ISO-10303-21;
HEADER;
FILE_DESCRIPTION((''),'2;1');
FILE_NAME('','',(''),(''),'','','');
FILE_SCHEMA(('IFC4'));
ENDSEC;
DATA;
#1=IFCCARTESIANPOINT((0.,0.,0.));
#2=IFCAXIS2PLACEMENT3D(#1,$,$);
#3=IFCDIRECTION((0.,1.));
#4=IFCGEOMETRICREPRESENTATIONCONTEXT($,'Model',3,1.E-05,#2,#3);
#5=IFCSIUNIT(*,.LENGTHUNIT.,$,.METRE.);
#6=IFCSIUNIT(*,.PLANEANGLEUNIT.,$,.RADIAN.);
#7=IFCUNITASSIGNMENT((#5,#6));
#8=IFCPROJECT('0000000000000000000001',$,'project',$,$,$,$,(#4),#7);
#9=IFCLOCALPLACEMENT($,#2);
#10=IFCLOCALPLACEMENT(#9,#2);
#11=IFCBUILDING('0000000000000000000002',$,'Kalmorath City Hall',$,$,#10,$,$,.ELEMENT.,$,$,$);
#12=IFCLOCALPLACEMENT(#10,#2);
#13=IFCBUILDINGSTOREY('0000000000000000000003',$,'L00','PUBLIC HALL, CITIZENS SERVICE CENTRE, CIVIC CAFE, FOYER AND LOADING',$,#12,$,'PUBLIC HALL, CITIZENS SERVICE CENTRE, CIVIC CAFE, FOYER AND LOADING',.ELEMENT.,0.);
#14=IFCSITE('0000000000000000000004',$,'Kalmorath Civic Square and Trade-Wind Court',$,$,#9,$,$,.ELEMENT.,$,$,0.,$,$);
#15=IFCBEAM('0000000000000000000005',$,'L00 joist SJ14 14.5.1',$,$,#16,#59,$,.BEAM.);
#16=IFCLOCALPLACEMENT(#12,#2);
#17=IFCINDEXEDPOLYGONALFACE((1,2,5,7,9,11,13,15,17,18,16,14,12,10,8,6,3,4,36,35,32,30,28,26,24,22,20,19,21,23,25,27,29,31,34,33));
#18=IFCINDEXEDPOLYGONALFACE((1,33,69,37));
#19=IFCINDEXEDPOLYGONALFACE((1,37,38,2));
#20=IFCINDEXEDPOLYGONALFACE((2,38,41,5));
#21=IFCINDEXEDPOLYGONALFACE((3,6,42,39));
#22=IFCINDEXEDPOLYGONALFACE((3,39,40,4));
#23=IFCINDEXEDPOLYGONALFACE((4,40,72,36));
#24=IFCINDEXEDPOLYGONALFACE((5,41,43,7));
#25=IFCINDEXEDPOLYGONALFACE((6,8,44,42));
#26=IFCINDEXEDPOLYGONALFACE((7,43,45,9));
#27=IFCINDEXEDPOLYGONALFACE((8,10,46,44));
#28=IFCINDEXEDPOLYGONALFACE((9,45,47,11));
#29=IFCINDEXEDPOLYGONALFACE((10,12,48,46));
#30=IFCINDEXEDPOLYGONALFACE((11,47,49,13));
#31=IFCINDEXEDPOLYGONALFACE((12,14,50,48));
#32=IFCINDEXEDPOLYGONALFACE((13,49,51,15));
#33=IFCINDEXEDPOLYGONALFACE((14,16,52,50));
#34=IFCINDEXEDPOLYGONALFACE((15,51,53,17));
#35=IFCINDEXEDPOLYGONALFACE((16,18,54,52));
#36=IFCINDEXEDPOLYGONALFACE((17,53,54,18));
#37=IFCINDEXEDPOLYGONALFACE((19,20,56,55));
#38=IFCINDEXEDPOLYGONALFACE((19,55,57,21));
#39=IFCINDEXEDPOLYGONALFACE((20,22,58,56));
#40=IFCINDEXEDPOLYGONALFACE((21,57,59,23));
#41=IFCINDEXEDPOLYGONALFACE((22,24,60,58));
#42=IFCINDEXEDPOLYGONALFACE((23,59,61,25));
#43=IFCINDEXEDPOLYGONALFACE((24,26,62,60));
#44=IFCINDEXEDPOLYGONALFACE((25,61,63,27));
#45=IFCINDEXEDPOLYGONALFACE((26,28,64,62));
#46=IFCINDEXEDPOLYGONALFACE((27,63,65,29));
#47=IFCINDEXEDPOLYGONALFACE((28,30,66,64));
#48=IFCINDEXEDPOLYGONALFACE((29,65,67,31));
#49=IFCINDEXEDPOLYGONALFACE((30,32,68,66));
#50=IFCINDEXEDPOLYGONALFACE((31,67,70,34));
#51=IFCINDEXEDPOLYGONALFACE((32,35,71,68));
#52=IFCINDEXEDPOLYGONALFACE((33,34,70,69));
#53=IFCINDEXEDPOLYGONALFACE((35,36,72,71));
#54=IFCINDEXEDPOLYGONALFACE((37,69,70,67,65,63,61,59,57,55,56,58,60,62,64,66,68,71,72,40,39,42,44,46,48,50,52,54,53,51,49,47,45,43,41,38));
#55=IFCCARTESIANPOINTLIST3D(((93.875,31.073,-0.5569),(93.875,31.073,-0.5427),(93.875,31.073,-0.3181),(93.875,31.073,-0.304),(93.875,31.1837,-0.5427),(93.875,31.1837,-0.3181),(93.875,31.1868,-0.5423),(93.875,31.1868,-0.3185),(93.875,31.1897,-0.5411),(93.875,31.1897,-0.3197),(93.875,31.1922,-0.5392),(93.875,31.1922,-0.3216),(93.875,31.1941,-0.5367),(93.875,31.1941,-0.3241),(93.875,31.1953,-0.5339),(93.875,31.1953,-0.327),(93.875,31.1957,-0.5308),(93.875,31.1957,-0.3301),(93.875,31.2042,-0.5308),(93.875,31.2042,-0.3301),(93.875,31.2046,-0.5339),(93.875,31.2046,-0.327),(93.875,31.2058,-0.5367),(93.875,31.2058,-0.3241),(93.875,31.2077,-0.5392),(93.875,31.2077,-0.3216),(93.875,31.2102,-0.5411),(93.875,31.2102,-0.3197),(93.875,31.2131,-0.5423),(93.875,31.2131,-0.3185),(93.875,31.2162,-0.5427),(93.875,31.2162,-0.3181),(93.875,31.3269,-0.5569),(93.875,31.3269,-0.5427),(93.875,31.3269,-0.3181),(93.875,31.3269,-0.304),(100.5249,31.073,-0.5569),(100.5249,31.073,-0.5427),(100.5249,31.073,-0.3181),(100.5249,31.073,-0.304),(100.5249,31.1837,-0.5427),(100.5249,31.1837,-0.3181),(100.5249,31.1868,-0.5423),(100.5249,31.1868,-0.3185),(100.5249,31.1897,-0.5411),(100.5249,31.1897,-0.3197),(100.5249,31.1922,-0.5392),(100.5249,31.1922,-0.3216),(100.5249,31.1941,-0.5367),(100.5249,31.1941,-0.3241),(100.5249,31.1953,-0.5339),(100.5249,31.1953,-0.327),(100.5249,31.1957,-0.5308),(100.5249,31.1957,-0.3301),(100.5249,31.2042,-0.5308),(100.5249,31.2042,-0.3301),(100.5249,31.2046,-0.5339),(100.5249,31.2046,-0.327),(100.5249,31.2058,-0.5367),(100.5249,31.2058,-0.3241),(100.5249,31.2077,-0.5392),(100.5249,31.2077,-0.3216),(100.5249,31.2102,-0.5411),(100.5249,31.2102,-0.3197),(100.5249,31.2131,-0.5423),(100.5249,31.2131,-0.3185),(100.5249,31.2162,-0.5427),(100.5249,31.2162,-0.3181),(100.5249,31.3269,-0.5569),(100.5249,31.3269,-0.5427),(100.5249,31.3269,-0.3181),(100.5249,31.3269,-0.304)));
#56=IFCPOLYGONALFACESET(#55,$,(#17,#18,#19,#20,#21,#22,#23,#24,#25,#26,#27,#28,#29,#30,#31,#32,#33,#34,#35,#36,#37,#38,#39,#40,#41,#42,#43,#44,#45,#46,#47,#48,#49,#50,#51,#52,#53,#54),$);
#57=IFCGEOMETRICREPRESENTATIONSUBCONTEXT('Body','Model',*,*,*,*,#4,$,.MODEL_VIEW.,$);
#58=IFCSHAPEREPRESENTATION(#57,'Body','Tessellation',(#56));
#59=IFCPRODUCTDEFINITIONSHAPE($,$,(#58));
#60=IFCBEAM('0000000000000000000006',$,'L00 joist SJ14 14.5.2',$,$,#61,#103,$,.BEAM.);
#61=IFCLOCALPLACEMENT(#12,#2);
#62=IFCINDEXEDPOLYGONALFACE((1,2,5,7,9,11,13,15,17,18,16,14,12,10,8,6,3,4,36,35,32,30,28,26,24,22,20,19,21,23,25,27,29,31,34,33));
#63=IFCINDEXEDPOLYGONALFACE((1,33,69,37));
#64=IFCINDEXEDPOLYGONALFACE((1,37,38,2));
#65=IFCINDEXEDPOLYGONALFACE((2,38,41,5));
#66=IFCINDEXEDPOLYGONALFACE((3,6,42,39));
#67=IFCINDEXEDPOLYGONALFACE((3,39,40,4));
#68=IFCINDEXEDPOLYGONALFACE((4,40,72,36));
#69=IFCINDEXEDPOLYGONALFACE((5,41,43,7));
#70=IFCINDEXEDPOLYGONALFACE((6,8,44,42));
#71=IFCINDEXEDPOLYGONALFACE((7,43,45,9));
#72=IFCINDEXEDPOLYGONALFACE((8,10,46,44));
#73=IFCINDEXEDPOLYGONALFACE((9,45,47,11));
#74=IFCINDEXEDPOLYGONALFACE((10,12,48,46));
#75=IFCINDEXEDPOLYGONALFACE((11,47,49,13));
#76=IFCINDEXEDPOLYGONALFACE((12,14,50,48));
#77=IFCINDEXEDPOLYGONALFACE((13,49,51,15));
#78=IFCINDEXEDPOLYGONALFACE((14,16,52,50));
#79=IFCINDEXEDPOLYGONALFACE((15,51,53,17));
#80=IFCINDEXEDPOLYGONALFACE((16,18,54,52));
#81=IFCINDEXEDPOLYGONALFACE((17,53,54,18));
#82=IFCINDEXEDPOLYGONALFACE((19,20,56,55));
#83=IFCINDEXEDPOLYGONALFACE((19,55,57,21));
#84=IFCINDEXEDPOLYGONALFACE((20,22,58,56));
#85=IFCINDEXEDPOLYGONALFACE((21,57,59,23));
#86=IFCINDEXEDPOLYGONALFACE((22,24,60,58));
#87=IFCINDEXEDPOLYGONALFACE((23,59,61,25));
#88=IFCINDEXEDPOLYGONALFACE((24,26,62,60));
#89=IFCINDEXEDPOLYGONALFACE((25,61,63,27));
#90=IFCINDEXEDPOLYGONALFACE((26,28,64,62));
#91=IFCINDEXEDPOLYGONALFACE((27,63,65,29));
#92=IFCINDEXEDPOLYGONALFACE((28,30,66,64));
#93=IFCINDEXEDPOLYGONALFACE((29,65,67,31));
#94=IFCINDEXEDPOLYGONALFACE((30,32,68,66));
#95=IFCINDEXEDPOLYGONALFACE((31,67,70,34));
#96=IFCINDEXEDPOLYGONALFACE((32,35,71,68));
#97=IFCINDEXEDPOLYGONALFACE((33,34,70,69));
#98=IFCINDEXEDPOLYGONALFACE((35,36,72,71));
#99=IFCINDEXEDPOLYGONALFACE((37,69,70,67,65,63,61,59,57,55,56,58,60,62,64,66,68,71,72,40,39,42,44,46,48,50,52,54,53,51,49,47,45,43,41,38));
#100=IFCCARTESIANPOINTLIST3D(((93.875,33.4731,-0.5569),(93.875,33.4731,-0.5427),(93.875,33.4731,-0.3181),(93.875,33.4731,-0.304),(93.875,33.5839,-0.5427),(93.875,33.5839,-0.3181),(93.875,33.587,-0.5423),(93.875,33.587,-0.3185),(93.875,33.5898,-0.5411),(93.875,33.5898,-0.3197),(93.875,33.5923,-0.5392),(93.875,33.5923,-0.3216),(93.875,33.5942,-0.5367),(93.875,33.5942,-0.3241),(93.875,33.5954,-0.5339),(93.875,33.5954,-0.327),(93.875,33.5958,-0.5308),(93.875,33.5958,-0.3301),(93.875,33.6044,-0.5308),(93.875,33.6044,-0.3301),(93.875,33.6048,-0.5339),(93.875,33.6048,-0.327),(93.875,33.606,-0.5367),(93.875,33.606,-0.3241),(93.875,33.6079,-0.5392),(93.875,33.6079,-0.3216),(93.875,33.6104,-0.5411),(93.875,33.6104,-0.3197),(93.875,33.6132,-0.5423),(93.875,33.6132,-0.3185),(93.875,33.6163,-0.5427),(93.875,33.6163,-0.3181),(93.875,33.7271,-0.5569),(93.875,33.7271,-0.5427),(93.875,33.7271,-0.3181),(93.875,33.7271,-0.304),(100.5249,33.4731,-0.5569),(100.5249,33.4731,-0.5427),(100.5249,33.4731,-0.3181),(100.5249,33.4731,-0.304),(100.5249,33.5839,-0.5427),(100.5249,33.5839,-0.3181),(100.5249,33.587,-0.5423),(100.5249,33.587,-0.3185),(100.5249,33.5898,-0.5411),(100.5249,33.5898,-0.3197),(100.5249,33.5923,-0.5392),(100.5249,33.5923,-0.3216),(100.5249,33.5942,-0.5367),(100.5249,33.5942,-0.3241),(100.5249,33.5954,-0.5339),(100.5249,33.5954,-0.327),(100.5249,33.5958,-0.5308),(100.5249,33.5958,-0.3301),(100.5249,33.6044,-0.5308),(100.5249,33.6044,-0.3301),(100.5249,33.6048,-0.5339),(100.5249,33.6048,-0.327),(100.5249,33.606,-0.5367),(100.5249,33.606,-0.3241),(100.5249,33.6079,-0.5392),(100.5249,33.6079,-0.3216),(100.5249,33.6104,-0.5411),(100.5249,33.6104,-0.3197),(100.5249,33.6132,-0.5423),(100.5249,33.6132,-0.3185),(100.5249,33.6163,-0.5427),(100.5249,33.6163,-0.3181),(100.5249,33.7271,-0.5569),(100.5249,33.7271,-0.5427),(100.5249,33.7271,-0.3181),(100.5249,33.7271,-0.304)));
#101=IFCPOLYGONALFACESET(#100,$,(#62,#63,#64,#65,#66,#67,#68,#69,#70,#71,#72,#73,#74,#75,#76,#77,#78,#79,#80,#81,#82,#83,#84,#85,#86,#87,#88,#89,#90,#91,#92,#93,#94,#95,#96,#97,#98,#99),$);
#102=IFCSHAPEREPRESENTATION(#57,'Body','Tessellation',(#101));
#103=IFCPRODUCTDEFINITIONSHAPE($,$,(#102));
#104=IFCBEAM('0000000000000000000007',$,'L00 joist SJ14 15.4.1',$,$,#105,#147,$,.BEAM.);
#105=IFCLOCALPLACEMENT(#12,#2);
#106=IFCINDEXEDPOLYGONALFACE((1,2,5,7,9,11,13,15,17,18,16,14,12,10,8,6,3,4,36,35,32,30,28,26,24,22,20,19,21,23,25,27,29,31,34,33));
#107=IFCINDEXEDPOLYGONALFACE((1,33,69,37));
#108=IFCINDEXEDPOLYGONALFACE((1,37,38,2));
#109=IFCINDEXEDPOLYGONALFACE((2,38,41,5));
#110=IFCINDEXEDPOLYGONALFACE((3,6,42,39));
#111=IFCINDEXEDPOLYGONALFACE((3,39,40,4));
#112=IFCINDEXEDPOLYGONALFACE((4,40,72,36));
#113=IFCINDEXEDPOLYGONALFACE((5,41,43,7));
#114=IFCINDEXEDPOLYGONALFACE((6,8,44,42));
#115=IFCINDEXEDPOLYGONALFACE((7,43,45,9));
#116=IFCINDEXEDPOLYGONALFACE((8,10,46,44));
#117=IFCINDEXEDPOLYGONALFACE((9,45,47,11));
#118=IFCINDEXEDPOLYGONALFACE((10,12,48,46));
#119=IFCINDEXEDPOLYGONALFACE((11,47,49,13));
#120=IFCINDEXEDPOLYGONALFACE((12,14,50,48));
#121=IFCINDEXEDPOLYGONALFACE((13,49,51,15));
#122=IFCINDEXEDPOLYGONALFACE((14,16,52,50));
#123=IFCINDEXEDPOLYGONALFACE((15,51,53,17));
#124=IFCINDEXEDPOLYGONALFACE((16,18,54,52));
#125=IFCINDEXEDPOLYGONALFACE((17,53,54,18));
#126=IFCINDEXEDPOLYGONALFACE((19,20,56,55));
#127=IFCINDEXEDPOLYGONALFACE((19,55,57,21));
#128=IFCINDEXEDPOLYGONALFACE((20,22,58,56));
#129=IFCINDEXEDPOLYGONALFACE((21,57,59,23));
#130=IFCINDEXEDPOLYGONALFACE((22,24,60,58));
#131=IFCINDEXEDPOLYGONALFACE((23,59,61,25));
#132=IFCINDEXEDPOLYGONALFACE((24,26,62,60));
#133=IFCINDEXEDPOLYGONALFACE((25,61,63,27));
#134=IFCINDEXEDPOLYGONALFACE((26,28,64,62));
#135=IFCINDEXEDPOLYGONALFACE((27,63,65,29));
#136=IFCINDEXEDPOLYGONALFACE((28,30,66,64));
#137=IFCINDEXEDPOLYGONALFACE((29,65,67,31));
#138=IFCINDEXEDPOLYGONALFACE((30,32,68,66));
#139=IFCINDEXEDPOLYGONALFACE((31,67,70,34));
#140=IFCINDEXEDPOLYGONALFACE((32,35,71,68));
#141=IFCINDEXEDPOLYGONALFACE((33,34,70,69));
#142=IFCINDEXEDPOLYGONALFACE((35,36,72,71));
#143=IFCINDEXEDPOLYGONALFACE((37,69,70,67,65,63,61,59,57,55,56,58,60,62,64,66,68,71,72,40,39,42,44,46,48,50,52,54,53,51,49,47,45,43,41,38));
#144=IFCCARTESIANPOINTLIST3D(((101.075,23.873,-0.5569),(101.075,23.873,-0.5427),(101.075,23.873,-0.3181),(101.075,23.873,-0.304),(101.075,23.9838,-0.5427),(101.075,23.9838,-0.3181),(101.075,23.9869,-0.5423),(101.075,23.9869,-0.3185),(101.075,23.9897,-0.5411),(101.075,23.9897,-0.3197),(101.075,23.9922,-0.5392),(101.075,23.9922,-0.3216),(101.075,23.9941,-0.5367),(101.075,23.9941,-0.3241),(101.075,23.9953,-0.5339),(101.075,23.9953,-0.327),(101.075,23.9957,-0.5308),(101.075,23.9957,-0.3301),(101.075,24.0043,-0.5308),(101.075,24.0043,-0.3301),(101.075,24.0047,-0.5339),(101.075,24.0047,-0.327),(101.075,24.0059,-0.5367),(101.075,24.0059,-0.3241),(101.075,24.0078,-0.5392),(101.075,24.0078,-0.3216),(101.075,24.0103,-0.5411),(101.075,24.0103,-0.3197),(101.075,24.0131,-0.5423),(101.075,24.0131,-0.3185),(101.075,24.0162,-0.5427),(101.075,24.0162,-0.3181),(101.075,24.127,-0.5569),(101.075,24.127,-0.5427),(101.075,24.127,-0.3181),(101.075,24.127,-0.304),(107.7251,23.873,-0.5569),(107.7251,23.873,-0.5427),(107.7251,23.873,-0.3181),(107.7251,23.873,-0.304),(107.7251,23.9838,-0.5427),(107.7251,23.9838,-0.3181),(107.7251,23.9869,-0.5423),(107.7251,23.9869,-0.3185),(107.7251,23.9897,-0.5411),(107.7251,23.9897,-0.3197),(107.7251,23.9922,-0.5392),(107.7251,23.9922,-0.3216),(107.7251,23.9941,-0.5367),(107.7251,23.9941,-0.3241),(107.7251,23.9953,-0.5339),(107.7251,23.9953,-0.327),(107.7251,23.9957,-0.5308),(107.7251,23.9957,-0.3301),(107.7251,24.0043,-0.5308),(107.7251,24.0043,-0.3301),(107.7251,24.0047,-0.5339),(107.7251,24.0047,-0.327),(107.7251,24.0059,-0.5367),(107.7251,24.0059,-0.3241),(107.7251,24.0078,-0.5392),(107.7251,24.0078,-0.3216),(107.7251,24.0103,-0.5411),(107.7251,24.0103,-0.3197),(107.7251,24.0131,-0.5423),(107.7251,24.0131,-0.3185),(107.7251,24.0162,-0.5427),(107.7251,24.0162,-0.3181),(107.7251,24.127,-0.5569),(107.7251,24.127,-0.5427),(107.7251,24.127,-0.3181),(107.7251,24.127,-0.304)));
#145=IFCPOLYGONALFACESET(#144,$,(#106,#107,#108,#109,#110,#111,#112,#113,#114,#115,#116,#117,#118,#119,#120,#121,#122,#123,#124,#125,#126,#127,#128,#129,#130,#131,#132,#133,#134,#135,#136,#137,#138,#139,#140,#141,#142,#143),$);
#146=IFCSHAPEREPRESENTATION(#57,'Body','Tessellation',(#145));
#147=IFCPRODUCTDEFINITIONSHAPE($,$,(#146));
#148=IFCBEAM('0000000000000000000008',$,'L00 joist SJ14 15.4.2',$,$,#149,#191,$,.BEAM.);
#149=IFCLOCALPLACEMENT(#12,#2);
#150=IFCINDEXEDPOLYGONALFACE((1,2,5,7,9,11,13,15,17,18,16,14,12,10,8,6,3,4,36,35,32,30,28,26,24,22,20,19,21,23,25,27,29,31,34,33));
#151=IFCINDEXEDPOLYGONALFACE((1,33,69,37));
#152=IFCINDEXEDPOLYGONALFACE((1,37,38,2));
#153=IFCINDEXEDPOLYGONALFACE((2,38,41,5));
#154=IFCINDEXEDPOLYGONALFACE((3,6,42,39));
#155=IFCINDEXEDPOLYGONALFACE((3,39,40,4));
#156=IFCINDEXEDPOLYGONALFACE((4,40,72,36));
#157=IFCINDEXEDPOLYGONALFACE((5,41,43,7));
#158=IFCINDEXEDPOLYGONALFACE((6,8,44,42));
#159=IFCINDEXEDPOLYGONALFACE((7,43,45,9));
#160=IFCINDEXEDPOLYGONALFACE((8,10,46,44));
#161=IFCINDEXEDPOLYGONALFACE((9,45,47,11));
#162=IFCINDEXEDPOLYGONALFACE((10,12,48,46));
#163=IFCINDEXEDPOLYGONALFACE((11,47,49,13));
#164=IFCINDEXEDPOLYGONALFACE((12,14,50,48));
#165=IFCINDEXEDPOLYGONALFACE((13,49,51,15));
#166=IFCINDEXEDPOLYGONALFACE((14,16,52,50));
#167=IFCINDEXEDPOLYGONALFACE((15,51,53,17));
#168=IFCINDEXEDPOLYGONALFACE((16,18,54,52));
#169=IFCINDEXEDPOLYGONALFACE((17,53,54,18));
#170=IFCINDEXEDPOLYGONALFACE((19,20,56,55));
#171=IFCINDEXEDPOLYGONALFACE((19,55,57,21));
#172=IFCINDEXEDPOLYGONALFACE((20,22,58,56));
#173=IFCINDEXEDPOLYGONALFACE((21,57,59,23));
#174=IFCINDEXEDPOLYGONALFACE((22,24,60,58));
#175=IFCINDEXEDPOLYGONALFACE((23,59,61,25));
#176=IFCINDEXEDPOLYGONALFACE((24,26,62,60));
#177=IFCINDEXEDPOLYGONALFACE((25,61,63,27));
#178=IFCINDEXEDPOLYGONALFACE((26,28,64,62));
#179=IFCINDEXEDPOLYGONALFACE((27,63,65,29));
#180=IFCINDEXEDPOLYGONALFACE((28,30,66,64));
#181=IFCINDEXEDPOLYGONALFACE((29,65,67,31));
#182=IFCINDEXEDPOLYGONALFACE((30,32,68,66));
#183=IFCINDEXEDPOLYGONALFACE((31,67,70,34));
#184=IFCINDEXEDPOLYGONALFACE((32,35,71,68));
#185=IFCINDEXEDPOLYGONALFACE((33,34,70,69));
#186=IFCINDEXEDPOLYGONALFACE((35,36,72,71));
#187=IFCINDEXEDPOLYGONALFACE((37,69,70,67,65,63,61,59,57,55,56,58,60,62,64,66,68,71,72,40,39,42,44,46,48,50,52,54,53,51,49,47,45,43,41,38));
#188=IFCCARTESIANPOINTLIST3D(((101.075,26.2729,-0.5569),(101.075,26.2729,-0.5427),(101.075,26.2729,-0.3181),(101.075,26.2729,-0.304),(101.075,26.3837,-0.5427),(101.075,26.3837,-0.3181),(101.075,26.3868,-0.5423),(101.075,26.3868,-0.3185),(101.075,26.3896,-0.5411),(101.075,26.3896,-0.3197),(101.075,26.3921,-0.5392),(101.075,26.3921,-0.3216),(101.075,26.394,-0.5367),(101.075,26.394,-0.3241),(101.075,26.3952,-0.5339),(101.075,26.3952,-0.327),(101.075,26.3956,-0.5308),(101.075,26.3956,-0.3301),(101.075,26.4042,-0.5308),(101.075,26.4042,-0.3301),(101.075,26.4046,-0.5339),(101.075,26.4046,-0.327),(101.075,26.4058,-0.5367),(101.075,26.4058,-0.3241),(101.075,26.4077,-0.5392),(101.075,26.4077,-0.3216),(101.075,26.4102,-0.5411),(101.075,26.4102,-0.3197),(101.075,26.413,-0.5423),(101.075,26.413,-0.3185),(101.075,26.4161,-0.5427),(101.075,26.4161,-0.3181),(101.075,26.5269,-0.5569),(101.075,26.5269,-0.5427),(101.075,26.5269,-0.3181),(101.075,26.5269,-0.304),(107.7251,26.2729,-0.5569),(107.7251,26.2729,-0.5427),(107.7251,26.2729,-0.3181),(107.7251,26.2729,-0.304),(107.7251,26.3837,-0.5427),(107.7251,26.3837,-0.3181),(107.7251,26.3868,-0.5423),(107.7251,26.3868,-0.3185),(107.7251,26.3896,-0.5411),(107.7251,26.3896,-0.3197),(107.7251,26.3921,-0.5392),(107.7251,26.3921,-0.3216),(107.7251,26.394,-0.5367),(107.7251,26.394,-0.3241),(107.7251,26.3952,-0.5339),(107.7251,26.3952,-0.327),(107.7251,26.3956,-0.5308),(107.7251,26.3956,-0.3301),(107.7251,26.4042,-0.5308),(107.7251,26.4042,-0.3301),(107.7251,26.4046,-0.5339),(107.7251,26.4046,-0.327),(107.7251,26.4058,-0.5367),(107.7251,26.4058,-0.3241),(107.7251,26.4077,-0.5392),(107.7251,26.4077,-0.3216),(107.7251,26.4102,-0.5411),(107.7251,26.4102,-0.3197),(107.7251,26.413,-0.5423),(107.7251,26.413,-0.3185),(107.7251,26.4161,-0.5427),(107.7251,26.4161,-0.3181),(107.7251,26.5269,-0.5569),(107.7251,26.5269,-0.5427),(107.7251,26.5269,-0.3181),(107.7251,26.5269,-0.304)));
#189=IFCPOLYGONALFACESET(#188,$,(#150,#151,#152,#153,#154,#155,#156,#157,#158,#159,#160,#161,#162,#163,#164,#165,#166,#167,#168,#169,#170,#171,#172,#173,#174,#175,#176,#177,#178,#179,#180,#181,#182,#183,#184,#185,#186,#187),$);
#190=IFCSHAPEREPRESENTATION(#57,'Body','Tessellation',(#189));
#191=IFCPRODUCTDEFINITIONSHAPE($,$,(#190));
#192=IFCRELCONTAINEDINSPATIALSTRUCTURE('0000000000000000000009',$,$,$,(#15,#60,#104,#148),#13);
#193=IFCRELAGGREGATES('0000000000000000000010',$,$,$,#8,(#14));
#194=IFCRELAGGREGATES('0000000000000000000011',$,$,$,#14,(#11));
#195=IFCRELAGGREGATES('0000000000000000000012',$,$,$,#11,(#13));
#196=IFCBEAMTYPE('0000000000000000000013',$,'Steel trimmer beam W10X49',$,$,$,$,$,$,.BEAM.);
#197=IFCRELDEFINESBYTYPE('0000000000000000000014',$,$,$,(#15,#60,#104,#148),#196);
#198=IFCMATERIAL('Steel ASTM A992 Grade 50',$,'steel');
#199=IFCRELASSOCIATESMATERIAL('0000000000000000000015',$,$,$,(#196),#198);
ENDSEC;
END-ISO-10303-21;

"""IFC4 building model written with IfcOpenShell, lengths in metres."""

from ifc_helpers import new_model, si_unit, direction, frame, origin, origin_2d, place, context, subcontext, project, spatial, i_section, extrude, material, material_profile, profile_set, type_object, element, save


model = new_model("IFC4")

# Units and contexts
model_context = context("Model", 3, precision=1e-05, world=origin(), true_north=direction((0.0, 1.0)))
body_context = subcontext(model_context, "Body", "Model", "MODEL_VIEW")
ifc_project = project(units=[si_unit("LENGTHUNIT", "METRE"), si_unit("PLANEANGLEUNIT", "RADIAN")], contexts=[model_context])

# Site, building, storey
site_placement = place(None, origin())
site = spatial("IfcSite", under=ifc_project, at=site_placement, Name="Kalmorath Civic Square and Trade-Wind Court", CompositionType="ELEMENT", RefElevation=0.0)
building_placement = place(site_placement, origin())
building = spatial("IfcBuilding", under=site, at=building_placement, Name="Kalmorath City Hall", CompositionType="ELEMENT")
storey_placement = place(building_placement, origin())
storey = spatial("IfcBuildingStorey", under=building, at=storey_placement, Name="L00", Description="PUBLIC HALL, CITIZENS SERVICE CENTRE, CIVIC CAFE, FOYER AND LOADING", LongName="PUBLIC HALL, CITIZENS SERVICE CENTRE, CIVIC CAFE, FOYER AND LOADING", CompositionType="ELEMENT", Elevation=0.0)

# Beams
ifc_material_1 = material(Name="Steel ASTM A992 Grade 50", Category="steel")
ifc_material_profile_1 = material_profile(ifc_material_1, i_section(OverallWidth=0.2539, OverallDepth=0.2529, WebThickness=0.0085, FlangeThickness=0.0142, FilletRadius=0.012, at=origin_2d()), Name="W10X49")
ifc_profile_set_1 = profile_set([ifc_material_profile_1], Name="Steel ASTM A992 Grade 50")
beam_type_1 = type_object("IfcBeamType", Name="Steel trimmer beam W10X49", PredefinedType="BEAM", material=ifc_profile_set_1)
for number, where, z_axis, x_axis, name in (
    (1, (93.875, 31.2, -0.4304), (1.0, 0.0, 0.0), (0.0, 1.0, 0.0), "L00 joist SJ14 14.5.1"),
    (2, (93.875, 33.6001, -0.4304), (1.0, 0.0, 0.0), (0.0, 1.0, 0.0), "L00 joist SJ14 14.5.2"),
):
    element("IfcBeam", number, at=place(storey_placement, frame(where, z_axis=z_axis, x_axis=x_axis)), inside=storey, type_object=beam_type_1, Name=name, PredefinedType="BEAM", context=body_context, shape_type="SweptSolid", body=[
        extrude(i_section(OverallWidth=0.2539, OverallDepth=0.2529, WebThickness=0.0085, FlangeThickness=0.0142, FilletRadius=0.012, at=origin_2d()), origin(), (0.0, 0.0, 1.0), 6.6499),
    ])
for number, where, z_axis, x_axis, name in (
    (3, (101.075, 24.0, -0.4304), (1.0, 0.0, 0.0), (0.0, 1.0, 0.0), "L00 joist SJ14 15.4.1"),
    (4, (101.075, 26.3999, -0.4304), (1.0, 0.0, 0.0), (0.0, 1.0, 0.0), "L00 joist SJ14 15.4.2"),
):
    element("IfcBeam", number, at=place(storey_placement, frame(where, z_axis=z_axis, x_axis=x_axis)), inside=storey, type_object=beam_type_1, Name=name, PredefinedType="BEAM", context=body_context, shape_type="SweptSolid", body=[
        extrude(i_section(OverallWidth=0.2539, OverallDepth=0.2529, WebThickness=0.0085, FlangeThickness=0.0142, FilletRadius=0.012, at=origin_2d()), origin(), (0.0, 0.0, 1.0), 6.6501),
    ])

save(model, "model.ifc")
